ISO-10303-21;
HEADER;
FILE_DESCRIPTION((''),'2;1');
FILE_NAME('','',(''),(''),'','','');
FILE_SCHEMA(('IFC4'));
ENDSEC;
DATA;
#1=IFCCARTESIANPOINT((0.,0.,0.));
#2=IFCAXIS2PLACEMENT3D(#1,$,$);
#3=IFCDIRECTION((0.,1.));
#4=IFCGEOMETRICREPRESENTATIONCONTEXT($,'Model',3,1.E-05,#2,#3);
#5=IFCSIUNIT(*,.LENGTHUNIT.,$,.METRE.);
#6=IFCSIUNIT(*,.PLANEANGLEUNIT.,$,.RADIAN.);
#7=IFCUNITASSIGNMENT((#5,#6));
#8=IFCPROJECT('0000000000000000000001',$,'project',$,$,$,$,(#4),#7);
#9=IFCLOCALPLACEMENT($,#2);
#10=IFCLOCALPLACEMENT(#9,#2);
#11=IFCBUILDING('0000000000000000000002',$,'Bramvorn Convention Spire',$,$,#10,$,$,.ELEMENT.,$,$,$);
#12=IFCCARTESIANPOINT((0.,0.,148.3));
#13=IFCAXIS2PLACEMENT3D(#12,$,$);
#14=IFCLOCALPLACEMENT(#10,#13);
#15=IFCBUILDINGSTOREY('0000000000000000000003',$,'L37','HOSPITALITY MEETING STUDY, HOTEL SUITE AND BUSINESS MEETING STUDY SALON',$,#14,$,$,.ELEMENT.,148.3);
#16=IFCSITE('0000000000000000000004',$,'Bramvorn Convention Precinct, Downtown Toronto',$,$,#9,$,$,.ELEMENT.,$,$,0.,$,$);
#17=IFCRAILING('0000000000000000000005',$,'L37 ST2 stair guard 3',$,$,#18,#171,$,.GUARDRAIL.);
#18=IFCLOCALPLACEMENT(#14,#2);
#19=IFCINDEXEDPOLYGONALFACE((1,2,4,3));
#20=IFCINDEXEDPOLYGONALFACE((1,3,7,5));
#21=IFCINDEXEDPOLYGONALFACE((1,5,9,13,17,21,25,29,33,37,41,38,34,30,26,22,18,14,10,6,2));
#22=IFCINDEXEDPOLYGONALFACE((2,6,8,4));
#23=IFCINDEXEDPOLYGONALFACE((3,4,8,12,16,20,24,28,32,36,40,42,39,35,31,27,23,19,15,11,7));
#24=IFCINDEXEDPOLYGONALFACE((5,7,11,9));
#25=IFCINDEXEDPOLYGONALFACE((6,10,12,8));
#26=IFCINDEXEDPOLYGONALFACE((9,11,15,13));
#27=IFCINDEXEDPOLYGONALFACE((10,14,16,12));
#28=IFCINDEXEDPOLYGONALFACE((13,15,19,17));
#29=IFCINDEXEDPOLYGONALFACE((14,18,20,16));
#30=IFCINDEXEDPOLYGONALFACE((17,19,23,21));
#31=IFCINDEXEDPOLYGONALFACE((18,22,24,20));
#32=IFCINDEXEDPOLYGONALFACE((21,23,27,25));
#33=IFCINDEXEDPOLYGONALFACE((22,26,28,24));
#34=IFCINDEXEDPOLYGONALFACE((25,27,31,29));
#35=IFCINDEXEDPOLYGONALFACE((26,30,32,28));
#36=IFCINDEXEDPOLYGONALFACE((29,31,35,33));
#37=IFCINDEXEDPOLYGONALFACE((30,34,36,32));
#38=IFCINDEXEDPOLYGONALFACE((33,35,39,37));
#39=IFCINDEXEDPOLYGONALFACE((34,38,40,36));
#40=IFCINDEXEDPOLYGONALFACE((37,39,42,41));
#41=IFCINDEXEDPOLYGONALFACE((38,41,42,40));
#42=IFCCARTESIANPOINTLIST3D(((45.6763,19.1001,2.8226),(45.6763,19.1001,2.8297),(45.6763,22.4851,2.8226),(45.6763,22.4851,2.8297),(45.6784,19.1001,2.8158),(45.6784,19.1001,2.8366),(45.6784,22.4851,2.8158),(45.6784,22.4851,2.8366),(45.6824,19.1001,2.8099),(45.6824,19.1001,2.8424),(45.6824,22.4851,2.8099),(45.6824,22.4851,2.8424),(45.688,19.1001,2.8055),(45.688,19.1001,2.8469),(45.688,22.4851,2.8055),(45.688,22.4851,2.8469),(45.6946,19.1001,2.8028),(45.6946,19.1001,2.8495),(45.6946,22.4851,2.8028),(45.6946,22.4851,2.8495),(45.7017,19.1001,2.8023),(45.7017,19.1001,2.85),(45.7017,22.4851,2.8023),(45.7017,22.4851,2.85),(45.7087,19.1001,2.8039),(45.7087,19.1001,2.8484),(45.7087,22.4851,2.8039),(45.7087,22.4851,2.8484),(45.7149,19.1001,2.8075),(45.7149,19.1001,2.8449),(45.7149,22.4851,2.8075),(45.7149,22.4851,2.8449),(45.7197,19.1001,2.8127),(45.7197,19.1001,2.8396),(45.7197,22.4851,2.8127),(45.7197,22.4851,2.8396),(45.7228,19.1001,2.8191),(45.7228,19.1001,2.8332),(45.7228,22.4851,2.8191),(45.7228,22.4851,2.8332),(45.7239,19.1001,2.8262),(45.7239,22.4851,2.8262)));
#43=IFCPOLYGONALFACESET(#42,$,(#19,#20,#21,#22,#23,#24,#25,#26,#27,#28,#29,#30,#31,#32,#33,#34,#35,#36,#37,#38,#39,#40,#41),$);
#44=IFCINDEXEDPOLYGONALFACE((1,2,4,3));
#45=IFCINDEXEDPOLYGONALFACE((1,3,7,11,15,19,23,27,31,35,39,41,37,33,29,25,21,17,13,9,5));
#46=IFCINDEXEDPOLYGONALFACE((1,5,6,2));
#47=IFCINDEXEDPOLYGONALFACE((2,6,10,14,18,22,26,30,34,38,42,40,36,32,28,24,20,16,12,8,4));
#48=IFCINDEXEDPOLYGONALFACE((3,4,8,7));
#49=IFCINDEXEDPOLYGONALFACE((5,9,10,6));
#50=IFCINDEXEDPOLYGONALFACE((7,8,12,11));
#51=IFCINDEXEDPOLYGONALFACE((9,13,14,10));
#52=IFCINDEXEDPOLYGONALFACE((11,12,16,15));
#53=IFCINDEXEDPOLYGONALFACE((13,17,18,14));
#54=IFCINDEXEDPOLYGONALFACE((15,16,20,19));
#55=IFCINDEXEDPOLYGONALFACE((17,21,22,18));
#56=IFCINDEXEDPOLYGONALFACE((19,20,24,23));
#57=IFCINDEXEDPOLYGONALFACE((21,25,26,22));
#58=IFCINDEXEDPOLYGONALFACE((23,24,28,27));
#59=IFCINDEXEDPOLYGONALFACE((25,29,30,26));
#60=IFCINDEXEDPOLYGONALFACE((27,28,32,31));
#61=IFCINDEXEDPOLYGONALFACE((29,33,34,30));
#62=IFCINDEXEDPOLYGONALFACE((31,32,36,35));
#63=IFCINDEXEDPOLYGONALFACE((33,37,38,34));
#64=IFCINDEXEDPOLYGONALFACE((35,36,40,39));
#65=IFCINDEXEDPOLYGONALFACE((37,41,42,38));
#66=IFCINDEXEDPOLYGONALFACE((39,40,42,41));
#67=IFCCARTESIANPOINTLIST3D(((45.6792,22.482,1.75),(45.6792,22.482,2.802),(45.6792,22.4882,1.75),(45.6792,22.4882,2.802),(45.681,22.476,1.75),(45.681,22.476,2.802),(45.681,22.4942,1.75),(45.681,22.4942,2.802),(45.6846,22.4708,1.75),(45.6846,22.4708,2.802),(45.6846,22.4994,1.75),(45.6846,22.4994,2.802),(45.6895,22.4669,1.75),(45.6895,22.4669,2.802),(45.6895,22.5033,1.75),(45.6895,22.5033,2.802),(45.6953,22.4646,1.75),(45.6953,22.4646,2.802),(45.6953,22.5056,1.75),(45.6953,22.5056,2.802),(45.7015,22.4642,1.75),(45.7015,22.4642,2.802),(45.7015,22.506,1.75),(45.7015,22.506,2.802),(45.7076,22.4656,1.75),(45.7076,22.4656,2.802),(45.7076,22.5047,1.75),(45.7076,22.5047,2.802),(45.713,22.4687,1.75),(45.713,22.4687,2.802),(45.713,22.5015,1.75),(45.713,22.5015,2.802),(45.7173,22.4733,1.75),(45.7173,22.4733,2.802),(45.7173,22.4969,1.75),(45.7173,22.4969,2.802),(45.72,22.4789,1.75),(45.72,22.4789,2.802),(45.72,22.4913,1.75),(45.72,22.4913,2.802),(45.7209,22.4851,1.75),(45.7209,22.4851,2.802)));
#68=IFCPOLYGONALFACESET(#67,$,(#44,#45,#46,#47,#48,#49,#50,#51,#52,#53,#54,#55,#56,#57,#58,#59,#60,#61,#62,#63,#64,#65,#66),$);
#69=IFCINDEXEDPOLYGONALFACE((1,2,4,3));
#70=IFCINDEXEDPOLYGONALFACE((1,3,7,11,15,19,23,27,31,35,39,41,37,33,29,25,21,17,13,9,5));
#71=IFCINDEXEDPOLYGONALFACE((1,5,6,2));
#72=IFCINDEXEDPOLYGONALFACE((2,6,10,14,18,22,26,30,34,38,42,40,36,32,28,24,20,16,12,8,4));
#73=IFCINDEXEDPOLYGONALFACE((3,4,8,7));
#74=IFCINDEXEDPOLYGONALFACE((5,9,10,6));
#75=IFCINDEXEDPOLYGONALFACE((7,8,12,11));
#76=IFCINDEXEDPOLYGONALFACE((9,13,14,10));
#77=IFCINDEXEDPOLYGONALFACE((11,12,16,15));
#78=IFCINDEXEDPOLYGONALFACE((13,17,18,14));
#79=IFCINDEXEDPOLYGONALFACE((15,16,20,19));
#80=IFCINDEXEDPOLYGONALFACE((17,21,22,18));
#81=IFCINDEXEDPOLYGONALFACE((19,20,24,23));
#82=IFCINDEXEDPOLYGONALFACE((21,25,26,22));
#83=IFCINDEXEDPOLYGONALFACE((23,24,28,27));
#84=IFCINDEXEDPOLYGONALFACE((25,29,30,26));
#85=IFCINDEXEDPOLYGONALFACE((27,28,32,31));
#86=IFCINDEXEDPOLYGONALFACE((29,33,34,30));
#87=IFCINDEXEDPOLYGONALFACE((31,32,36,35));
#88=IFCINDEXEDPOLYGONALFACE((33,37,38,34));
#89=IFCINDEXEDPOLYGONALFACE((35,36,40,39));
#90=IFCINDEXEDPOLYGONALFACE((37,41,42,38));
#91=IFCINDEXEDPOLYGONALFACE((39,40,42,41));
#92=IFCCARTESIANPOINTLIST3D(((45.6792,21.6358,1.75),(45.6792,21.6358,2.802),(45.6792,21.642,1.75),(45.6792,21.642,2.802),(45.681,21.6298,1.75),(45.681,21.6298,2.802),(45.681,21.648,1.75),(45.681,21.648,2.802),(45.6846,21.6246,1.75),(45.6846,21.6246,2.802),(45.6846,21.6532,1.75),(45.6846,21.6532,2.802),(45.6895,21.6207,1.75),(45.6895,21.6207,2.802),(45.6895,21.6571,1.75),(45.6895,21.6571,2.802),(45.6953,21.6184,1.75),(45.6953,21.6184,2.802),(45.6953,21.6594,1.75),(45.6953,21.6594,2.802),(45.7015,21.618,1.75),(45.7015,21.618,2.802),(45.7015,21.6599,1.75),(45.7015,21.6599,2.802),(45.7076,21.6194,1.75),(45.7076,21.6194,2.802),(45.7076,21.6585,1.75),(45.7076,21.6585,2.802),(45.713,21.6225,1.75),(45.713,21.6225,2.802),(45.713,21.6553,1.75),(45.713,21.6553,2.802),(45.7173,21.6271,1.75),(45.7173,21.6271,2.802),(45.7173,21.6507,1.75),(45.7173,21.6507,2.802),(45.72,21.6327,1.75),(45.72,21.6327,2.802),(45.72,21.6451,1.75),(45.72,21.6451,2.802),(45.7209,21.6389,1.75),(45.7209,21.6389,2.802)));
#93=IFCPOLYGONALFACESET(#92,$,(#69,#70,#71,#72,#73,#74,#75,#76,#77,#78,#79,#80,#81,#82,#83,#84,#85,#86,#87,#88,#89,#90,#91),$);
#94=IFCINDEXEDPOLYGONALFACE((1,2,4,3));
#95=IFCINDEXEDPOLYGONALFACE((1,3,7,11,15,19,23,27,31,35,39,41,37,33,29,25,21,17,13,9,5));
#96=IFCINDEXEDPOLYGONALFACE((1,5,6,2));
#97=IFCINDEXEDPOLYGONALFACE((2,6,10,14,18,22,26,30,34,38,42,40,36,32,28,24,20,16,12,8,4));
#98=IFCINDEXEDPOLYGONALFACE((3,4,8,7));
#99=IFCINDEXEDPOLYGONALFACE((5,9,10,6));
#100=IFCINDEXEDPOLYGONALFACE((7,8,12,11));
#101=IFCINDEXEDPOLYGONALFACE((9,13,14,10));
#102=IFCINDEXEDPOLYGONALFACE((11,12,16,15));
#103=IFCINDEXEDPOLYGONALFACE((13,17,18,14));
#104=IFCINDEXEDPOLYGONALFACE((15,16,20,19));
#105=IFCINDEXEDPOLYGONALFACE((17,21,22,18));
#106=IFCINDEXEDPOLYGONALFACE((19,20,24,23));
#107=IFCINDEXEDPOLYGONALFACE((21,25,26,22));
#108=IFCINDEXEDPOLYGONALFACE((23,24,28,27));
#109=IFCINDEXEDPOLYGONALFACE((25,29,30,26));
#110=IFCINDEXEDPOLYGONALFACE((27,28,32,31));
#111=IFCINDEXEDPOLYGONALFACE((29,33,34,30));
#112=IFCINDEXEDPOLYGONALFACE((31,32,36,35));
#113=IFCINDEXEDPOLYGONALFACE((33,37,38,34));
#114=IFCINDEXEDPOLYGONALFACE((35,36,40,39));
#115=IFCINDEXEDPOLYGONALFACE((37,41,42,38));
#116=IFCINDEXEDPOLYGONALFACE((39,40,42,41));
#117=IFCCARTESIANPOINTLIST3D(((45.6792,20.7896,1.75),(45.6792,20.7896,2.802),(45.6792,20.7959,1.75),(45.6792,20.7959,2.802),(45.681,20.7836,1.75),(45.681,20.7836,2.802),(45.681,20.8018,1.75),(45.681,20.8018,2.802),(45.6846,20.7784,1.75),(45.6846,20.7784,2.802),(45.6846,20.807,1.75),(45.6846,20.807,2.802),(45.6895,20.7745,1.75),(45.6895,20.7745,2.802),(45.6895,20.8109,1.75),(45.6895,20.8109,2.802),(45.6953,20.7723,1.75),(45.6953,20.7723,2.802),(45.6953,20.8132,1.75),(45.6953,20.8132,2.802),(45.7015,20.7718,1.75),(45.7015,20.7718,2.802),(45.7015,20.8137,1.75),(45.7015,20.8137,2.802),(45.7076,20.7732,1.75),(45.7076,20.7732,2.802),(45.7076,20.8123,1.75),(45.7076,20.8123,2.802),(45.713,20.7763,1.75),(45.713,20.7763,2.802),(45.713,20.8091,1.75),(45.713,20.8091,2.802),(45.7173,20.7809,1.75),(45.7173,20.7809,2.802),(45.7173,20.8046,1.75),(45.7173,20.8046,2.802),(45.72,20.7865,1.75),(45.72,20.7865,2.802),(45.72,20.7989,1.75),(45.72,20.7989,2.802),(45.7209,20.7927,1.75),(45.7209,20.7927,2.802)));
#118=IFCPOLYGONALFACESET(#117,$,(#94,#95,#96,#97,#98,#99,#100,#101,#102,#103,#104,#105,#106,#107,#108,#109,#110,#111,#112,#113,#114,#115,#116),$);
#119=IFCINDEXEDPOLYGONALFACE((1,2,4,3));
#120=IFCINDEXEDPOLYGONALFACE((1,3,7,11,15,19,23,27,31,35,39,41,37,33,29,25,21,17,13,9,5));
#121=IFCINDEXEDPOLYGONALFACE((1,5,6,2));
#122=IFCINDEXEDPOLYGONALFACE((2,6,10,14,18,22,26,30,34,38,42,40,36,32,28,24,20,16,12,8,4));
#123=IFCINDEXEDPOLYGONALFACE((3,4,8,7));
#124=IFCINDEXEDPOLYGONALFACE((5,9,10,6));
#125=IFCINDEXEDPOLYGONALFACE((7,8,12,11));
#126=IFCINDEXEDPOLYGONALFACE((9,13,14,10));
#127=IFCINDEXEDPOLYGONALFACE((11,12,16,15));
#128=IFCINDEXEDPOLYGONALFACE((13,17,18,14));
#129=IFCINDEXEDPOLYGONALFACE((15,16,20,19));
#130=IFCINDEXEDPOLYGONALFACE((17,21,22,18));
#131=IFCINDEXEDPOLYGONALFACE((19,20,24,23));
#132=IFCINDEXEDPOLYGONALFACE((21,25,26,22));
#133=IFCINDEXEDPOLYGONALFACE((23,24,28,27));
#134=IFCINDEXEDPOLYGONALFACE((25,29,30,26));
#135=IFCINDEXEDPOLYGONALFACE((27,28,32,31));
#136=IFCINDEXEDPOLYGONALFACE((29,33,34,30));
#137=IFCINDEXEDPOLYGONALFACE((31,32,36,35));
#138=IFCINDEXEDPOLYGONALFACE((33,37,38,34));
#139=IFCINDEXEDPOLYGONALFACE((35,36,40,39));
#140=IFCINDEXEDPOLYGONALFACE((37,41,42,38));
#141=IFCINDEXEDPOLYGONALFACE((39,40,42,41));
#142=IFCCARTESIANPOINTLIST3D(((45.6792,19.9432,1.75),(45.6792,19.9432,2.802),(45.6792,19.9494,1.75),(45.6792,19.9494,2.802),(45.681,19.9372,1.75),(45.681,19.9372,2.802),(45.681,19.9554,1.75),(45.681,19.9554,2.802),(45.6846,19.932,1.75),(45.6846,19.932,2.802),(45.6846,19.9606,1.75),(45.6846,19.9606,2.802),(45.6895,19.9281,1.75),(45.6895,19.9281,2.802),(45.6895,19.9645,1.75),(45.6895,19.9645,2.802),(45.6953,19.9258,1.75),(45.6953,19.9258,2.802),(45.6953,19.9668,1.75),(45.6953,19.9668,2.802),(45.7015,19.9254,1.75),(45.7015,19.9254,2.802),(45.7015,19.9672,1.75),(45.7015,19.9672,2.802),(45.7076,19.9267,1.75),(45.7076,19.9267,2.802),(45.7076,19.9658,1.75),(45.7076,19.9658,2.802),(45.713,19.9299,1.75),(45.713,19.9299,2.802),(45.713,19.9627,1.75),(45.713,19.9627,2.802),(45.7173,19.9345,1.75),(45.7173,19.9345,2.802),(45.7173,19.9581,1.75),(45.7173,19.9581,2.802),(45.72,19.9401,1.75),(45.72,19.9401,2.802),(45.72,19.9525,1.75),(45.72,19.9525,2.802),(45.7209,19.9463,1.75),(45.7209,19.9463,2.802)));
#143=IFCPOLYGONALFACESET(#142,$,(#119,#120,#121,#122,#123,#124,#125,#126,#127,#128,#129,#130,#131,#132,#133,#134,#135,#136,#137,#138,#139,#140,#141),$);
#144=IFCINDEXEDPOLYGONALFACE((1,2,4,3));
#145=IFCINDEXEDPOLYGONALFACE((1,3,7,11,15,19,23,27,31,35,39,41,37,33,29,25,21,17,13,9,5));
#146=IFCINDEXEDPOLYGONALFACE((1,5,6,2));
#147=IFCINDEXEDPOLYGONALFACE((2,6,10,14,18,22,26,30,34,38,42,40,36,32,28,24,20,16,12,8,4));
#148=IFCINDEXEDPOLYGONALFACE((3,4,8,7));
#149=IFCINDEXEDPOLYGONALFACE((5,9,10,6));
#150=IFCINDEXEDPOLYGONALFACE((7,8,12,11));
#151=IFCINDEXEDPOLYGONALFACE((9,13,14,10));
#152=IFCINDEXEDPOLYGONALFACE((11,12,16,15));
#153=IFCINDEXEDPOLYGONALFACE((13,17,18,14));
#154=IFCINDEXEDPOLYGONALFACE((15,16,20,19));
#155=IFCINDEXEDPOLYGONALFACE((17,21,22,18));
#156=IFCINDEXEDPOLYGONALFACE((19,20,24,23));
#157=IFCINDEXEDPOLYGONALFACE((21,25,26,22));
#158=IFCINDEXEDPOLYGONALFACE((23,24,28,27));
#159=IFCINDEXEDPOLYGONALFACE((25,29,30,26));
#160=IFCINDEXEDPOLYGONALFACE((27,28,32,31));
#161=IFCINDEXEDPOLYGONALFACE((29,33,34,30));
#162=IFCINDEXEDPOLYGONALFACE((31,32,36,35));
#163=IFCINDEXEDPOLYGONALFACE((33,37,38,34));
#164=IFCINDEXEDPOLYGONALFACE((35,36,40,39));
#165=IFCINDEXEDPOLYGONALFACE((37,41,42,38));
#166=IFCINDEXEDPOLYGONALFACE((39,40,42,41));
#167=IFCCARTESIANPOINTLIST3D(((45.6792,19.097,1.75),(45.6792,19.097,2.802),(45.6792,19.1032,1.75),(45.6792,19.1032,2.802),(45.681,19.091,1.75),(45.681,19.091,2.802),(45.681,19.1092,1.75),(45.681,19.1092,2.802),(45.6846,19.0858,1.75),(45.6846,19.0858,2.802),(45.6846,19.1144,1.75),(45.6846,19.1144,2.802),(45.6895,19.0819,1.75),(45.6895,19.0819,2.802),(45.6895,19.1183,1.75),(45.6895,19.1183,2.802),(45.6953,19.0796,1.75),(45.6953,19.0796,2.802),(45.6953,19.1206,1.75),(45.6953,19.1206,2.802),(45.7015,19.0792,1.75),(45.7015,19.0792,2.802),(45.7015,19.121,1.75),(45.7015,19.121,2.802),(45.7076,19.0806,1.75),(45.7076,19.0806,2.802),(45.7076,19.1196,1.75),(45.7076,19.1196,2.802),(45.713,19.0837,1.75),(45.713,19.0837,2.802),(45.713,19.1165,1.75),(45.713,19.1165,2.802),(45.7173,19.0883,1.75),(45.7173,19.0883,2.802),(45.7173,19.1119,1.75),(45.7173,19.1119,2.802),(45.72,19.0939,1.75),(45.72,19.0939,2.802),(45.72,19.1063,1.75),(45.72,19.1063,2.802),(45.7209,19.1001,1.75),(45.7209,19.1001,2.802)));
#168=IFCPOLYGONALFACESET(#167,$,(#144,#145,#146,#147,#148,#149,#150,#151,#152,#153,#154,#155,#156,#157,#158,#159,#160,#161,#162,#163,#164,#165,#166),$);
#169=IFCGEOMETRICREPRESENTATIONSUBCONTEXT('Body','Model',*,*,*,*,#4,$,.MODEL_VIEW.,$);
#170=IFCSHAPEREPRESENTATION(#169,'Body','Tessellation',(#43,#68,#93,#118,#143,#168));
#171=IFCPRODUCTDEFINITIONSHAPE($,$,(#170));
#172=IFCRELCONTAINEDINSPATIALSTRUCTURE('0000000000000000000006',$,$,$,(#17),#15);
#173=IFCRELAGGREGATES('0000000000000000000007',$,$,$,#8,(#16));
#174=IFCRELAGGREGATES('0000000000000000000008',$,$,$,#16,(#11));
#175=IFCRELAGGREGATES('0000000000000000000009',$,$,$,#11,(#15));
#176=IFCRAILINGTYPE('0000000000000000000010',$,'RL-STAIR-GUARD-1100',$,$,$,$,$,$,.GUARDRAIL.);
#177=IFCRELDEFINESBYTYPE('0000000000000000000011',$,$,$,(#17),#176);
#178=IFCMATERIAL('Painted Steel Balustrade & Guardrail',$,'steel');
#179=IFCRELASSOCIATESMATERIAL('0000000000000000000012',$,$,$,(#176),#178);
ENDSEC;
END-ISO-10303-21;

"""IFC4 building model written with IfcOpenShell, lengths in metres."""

from ifc_helpers import new_model, si_unit, direction, frame, origin, origin_2d, place, context, subcontext, project, spatial, circle, extrude, material, type_object, element, save


model = new_model("IFC4")

# Units and contexts
model_context = context("Model", 3, precision=1e-05, world=origin(), true_north=direction((0.0, 1.0)))
body_context = subcontext(model_context, "Body", "Model", "MODEL_VIEW")
ifc_project = project(units=[si_unit("LENGTHUNIT", "METRE"), si_unit("PLANEANGLEUNIT", "RADIAN")], contexts=[model_context])

# Site, building, storey
site_placement = place(None, origin())
site = spatial("IfcSite", under=ifc_project, at=site_placement, Name="Bramvorn Convention Precinct, Downtown Toronto", CompositionType="ELEMENT", RefElevation=0.0)
building_placement = place(site_placement, origin())
building = spatial("IfcBuilding", under=site, at=building_placement, Name="Bramvorn Convention Spire", CompositionType="ELEMENT")
storey_placement = place(building_placement, frame((0.0, 0.0, 148.3)))
storey = spatial("IfcBuildingStorey", under=building, at=storey_placement, Name="L37", Description="HOSPITALITY MEETING STUDY, HOTEL SUITE AND BUSINESS MEETING STUDY SALON", CompositionType="ELEMENT", Elevation=148.3)

# Railing
ifc_material_1 = material(Name="Painted Steel Balustrade & Guardrail", Category="steel")
railing_type_1 = type_object("IfcRailingType", Name="RL-STAIR-GUARD-1100", PredefinedType="GUARDRAIL", material=ifc_material_1)
railing_1_placement = place(storey_placement, frame((45.7, 22.4851, 1.75)))
element("IfcRailing", 1, at=railing_1_placement, inside=storey, type_object=railing_type_1, Name="L37 ST2 stair guard 3", PredefinedType="GUARDRAIL", context=body_context, shape_type="SweptSolid", body=[
    extrude(circle(Radius=0.0239, at=origin_2d()), frame((0.0, 0.0, 1.0762), z_axis=(0.0, -1.0, 0.0), x_axis=(1.0, 0.0, 0.0)), (0.0, 0.0, 1.0), 3.385),
    extrude(circle(Radius=0.021, at=origin_2d()), origin(), (0.0, 0.0, 1.0), 1.052),
    extrude(circle(Radius=0.021, at=origin_2d()), frame((0.0, -0.8462, 0.0)), (0.0, 0.0, 1.0), 1.052),
    extrude(circle(Radius=0.021, at=origin_2d()), frame((0.0, -1.6924, 0.0)), (0.0, 0.0, 1.0), 1.052),
    extrude(circle(Radius=0.021, at=origin_2d()), frame((0.0, -2.5388, 0.0)), (0.0, 0.0, 1.0), 1.052),
    extrude(circle(Radius=0.021, at=origin_2d()), frame((0.0, -3.385, 0.0)), (0.0, 0.0, 1.0), 1.052),
])

save(model, "model.ifc")
